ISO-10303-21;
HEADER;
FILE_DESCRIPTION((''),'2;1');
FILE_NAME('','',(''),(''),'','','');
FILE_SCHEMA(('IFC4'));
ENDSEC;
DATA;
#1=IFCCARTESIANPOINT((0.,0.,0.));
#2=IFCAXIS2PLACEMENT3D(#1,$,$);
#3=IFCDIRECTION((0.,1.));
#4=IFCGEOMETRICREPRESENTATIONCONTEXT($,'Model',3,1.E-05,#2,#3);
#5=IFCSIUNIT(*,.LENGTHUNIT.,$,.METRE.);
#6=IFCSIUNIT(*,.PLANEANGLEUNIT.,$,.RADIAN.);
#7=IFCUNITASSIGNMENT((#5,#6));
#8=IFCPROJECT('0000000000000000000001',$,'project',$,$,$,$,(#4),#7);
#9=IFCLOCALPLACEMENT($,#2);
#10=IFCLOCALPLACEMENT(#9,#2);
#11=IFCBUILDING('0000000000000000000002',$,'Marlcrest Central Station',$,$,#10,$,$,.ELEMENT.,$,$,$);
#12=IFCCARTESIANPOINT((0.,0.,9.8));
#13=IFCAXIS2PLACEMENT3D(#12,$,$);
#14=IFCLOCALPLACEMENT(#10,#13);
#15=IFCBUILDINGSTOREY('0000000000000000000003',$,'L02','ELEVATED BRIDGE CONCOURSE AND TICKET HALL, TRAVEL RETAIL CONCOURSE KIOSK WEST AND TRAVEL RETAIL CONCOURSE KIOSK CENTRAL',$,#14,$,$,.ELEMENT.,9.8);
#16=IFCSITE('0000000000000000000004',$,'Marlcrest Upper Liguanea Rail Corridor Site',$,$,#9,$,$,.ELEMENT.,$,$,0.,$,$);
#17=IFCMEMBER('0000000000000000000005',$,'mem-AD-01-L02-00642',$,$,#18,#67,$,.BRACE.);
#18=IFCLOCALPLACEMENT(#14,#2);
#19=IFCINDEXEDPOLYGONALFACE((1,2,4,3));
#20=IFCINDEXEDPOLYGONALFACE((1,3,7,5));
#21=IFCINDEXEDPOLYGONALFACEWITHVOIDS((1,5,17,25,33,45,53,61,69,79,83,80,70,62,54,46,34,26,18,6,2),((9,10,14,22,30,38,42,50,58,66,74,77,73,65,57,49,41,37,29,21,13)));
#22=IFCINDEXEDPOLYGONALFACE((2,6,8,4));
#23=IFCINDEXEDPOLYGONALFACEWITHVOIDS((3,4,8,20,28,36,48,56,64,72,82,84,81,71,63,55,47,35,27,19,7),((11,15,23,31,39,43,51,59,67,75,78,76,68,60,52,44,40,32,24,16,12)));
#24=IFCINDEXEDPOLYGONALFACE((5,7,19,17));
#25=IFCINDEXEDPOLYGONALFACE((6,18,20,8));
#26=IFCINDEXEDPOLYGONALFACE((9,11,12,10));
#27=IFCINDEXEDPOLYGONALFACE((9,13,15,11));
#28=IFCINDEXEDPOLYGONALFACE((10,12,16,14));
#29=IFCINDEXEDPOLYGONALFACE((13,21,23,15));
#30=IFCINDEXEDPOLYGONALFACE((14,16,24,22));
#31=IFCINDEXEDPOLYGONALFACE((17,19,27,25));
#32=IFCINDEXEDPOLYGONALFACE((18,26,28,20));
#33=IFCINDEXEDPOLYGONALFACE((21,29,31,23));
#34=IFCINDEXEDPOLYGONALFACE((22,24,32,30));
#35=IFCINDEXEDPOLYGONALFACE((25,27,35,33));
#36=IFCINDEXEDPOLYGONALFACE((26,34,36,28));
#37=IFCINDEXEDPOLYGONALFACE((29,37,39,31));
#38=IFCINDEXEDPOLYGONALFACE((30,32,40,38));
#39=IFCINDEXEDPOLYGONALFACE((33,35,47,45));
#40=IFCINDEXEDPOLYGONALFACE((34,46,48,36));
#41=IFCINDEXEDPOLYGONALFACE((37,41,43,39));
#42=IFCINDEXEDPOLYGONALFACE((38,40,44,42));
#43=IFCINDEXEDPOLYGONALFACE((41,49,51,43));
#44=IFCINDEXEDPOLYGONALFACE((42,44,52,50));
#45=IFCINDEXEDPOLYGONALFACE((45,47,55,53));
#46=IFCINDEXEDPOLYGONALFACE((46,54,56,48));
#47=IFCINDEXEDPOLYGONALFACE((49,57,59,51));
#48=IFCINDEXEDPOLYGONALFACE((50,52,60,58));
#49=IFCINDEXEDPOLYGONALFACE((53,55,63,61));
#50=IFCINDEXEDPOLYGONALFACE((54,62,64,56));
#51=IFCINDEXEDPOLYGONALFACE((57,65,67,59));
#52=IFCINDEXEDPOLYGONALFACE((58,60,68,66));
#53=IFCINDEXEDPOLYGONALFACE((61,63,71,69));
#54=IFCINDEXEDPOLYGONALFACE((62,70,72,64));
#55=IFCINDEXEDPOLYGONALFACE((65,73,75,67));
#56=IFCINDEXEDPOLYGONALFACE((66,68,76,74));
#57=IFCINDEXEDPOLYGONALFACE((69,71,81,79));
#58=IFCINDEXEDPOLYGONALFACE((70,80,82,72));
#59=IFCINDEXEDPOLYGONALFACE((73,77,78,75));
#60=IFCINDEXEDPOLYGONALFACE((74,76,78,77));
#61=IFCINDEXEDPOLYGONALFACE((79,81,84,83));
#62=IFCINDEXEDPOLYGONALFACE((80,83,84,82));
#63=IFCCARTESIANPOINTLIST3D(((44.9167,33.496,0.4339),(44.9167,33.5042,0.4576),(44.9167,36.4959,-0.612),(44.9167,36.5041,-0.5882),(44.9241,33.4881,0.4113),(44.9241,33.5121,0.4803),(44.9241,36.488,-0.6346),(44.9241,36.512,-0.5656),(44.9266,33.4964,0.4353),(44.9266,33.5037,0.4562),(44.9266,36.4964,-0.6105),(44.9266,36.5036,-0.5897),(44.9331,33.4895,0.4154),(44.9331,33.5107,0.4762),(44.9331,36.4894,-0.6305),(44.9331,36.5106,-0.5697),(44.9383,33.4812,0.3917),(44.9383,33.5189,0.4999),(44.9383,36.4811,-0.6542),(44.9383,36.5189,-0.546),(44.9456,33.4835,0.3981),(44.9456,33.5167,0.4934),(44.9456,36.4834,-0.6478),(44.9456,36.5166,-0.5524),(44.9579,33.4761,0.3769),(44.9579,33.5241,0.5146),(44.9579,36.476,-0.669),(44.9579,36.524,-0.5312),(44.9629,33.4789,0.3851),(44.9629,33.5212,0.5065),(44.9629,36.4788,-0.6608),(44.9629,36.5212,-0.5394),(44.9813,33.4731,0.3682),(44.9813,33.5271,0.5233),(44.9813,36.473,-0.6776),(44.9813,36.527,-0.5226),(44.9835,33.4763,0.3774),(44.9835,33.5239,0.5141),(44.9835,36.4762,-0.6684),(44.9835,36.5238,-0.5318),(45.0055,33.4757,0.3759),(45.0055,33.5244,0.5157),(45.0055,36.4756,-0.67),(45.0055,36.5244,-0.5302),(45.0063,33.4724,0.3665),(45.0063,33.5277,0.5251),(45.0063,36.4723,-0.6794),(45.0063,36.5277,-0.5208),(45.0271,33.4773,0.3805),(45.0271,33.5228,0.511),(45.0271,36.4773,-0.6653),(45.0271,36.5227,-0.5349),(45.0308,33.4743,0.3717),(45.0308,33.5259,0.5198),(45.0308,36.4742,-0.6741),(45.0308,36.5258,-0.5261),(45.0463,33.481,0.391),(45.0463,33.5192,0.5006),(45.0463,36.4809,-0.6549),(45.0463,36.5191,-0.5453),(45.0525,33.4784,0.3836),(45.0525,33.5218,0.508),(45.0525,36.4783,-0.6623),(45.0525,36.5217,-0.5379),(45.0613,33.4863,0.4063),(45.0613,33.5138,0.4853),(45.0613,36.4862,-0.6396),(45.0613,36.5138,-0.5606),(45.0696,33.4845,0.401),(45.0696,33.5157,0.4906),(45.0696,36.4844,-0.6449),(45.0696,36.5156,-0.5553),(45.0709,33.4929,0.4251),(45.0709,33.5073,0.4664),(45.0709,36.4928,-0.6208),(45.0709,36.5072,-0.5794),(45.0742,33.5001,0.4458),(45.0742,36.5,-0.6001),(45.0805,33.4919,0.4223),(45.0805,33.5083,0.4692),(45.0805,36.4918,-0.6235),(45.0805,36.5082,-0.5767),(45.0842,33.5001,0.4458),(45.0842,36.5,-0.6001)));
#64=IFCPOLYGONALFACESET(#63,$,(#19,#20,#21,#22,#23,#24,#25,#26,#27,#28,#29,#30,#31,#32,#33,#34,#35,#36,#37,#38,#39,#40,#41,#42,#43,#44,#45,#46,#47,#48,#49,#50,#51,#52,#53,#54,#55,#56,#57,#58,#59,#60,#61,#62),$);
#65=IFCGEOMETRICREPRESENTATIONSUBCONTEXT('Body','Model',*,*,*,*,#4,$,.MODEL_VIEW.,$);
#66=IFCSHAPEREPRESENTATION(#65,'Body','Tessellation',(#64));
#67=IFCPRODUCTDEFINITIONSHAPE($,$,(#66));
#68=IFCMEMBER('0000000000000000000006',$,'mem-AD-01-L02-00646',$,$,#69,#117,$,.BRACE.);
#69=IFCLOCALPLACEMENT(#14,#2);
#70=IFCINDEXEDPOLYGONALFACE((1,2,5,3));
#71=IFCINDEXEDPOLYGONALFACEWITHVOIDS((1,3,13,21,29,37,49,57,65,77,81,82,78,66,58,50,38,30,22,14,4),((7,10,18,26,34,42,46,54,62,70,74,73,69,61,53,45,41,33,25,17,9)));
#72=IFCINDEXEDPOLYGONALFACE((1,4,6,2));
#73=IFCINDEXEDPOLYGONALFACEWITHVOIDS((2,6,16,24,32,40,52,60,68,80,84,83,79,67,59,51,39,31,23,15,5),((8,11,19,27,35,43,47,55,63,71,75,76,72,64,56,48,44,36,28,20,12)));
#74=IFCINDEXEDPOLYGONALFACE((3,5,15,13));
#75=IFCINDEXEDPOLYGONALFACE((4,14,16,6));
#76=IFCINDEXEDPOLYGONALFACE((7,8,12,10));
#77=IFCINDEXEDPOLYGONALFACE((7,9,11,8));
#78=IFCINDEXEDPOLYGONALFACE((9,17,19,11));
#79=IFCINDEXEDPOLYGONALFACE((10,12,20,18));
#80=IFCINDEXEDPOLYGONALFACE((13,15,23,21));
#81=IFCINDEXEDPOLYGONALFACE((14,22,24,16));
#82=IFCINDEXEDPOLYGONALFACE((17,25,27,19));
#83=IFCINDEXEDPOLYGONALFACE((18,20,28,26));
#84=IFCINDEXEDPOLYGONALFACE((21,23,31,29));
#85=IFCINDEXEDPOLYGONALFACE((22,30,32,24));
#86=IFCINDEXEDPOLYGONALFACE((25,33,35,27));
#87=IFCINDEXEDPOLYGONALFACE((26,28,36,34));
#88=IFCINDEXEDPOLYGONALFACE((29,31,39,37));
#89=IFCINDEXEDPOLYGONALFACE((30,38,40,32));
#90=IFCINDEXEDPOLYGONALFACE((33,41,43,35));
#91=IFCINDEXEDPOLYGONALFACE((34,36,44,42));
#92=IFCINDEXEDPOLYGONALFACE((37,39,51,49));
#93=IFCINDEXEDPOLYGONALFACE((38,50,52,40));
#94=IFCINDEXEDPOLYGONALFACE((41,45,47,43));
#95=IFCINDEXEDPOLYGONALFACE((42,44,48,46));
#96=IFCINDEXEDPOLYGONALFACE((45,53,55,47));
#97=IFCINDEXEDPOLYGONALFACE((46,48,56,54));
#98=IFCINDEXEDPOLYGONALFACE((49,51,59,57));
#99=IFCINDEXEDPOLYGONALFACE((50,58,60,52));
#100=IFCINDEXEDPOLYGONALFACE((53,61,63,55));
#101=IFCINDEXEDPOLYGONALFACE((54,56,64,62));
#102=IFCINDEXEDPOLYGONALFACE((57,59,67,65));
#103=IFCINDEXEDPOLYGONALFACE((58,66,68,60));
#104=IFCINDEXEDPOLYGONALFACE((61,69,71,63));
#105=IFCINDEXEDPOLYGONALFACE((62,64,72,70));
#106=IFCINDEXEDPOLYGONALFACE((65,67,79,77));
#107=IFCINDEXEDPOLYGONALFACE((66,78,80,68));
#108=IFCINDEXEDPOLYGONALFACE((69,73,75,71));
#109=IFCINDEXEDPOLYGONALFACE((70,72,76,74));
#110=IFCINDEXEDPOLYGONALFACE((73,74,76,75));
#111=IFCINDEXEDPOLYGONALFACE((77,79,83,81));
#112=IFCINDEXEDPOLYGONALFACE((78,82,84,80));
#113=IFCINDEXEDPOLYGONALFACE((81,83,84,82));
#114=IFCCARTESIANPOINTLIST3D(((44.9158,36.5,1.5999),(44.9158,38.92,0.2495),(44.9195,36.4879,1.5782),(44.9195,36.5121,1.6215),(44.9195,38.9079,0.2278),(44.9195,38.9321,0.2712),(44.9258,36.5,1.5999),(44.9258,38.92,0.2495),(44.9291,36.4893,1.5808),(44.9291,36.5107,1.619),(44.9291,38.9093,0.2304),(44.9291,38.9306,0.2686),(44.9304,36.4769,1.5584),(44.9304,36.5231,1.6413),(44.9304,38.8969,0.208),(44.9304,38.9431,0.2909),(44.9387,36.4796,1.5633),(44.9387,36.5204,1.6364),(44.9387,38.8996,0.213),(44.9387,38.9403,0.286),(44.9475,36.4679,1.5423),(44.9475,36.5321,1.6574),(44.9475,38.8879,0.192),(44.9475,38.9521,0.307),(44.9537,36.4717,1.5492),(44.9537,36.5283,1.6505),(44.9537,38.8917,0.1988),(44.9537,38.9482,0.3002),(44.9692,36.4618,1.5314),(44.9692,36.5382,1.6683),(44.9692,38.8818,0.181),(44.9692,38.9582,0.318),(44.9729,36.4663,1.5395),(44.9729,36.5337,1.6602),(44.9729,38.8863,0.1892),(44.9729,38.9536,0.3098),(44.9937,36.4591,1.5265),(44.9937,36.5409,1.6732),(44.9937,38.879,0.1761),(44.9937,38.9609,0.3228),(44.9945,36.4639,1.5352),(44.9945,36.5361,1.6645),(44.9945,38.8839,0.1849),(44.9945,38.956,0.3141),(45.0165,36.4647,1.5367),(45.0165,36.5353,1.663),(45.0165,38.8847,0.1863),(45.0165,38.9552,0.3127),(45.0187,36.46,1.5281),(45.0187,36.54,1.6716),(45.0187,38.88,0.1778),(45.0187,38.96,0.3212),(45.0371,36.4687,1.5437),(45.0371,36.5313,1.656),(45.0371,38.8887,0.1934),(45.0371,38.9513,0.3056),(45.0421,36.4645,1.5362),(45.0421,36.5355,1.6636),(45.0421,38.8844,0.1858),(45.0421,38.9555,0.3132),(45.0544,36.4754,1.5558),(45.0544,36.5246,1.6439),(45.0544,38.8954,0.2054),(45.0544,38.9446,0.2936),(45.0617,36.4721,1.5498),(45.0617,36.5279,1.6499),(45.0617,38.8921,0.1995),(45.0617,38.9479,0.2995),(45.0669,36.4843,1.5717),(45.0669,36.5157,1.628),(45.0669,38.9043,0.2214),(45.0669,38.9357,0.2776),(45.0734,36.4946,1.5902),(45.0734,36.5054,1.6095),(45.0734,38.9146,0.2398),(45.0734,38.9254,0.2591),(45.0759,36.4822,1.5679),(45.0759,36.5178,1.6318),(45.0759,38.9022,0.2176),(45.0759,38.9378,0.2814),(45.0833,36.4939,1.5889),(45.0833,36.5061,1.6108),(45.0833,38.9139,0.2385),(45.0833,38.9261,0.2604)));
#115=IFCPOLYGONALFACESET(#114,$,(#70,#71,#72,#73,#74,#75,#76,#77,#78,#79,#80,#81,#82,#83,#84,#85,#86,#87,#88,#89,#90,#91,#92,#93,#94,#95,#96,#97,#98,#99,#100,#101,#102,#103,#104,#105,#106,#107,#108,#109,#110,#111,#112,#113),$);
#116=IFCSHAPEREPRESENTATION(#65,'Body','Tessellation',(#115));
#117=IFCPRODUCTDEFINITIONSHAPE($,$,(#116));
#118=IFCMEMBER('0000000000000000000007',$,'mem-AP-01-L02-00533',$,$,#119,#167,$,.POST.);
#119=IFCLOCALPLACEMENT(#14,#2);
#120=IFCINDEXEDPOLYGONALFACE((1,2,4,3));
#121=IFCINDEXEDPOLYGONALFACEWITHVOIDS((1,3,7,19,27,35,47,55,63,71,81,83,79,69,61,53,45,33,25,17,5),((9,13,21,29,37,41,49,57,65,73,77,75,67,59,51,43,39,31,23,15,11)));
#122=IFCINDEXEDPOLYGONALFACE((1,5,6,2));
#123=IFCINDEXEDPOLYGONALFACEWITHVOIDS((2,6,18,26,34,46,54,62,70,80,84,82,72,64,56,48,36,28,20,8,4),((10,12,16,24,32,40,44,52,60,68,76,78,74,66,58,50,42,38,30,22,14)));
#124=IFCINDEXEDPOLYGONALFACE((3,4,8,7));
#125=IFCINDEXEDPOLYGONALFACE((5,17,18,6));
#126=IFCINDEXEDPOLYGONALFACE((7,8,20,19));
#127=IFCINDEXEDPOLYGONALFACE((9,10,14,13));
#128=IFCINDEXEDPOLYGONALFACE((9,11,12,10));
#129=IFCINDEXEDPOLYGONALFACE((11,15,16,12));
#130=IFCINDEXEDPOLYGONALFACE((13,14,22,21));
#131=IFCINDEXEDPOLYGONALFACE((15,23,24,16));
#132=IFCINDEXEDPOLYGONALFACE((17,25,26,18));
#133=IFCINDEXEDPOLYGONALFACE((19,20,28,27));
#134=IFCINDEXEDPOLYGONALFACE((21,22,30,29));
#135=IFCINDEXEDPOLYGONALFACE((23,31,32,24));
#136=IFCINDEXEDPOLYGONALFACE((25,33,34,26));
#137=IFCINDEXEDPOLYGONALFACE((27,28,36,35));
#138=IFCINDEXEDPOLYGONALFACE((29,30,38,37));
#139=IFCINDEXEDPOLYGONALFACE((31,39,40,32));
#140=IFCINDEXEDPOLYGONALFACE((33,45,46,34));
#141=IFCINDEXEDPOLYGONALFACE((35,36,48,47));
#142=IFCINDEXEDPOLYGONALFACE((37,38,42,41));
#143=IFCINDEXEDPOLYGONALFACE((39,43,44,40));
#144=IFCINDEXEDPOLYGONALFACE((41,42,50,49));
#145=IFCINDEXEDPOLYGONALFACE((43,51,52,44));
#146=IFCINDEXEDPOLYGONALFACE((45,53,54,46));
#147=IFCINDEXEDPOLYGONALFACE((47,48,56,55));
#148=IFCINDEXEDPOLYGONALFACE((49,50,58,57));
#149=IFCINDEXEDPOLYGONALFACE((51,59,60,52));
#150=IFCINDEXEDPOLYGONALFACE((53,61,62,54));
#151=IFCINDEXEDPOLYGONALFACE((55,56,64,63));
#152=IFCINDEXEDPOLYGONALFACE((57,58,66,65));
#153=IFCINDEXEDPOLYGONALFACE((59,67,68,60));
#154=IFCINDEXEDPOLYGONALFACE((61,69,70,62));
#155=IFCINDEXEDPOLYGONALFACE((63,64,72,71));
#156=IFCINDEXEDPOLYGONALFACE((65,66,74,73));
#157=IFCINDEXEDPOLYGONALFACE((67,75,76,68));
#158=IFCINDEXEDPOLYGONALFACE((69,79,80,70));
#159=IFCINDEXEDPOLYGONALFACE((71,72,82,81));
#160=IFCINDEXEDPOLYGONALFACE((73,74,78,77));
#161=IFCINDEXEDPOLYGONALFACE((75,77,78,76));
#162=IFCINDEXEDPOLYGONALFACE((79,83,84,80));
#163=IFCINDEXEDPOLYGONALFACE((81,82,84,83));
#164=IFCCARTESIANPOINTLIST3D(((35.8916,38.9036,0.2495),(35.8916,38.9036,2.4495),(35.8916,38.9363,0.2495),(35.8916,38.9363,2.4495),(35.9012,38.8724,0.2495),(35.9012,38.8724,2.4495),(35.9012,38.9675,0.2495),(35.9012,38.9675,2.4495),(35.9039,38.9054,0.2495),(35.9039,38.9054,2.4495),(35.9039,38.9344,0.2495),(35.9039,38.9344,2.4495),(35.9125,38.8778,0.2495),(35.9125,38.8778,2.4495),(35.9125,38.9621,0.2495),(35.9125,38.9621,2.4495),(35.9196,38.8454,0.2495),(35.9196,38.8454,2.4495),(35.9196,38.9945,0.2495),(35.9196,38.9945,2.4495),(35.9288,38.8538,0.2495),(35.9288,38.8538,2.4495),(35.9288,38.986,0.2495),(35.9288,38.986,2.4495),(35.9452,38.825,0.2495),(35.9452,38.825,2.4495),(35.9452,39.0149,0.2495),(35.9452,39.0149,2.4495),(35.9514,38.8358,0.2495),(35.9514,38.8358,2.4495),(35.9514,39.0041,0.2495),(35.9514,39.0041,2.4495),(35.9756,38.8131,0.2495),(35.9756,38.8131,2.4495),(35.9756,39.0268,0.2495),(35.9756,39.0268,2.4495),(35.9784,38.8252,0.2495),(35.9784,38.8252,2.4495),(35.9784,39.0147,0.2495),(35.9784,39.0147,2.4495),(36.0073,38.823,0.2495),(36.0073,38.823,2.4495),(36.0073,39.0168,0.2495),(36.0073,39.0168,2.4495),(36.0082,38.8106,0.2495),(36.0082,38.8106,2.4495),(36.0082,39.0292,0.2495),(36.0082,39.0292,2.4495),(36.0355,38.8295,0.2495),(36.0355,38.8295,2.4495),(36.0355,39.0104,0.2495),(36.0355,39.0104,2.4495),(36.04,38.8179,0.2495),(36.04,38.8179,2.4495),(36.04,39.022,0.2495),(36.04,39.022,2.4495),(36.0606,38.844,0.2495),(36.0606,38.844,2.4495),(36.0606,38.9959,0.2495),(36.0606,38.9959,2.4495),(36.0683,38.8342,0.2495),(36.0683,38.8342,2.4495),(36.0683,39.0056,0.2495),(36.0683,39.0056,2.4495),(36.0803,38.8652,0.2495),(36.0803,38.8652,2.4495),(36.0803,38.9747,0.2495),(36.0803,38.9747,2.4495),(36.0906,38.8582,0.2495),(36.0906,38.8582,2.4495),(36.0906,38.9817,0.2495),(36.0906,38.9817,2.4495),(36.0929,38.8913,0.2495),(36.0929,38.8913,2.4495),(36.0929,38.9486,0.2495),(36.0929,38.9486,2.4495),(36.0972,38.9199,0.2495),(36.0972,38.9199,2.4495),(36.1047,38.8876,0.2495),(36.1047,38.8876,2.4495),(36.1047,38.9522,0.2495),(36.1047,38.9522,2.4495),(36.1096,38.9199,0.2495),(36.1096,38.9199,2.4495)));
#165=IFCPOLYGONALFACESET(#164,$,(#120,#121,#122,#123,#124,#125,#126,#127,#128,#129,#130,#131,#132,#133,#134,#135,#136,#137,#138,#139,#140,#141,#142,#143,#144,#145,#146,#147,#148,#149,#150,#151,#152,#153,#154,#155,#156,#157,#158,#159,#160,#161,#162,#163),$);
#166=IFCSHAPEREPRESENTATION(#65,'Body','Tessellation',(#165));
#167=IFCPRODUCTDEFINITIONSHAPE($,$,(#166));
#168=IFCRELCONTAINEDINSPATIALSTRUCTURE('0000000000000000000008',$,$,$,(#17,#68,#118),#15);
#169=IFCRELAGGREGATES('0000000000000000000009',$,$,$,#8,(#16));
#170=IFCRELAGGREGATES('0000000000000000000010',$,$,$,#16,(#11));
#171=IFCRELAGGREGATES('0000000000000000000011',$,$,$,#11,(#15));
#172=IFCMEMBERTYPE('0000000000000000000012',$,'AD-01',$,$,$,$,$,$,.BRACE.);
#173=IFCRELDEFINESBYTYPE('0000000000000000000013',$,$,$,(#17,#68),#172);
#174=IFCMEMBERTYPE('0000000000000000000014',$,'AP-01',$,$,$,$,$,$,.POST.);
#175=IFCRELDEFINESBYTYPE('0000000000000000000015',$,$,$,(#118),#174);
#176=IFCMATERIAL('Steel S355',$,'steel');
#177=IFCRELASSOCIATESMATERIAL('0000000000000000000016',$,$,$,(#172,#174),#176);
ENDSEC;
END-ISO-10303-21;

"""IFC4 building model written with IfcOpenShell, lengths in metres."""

from ifc_helpers import new_model, si_unit, direction, frame, origin, origin_2d, place, context, subcontext, project, spatial, hollow_circle, extrude, material, material_profile, profile_set, type_object, element, save


model = new_model("IFC4")

# Units and contexts
model_context = context("Model", 3, precision=1e-05, world=origin(), true_north=direction((0.0, 1.0)))
body_context = subcontext(model_context, "Body", "Model", "MODEL_VIEW")
ifc_project = project(units=[si_unit("LENGTHUNIT", "METRE"), si_unit("PLANEANGLEUNIT", "RADIAN")], contexts=[model_context])

# Site, building, storey
site_placement = place(None, origin())
site = spatial("IfcSite", under=ifc_project, at=site_placement, Name="Marlcrest Upper Liguanea Rail Corridor Site", CompositionType="ELEMENT", RefElevation=0.0)
building_placement = place(site_placement, origin())
building = spatial("IfcBuilding", under=site, at=building_placement, Name="Marlcrest Central Station", CompositionType="ELEMENT")
storey_placement = place(building_placement, frame((0.0, 0.0, 9.8)))
storey = spatial("IfcBuildingStorey", under=building, at=storey_placement, Name="L02", Description="ELEVATED BRIDGE CONCOURSE AND TICKET HALL, TRAVEL RETAIL CONCOURSE KIOSK WEST AND TRAVEL RETAIL CONCOURSE KIOSK CENTRAL", CompositionType="ELEMENT", Elevation=9.8)

# Members
ifc_material_1 = material(Name="Steel S355", Category="steel")
ifc_material_profile_1 = material_profile(ifc_material_1, hollow_circle(Radius=0.0842, WallThickness=0.01, at=origin_2d()), Name="CHS 168.3x10")
ifc_profile_set_1 = profile_set([ifc_material_profile_1], Name="Steel S355")
member_type_1 = type_object("IfcMemberType", Name="AD-01", PredefinedType="BRACE", material=ifc_profile_set_1)
member_1_placement = place(storey_placement, frame((45.0, 36.5, -0.6001), z_axis=(0.0, -0.94426, 0.3292), x_axis=(1.0, 0.0, 0.0)))
element("IfcMember", 1, at=member_1_placement, inside=storey, type_object=member_type_1, Name="mem-AD-01-L02-00642", PredefinedType="BRACE", context=body_context, shape_type="SweptSolid", body=[
    extrude(hollow_circle(Radius=0.0842, WallThickness=0.01, at=origin_2d()), origin(), (0.0, 0.0, 1.0), 3.177),
])
member_2_placement = place(storey_placement, frame((45.0, 36.5, 1.5999), z_axis=(0.0, 0.873246, -0.48728), x_axis=(-1.0, 0.0, 0.0)))
element("IfcMember", 2, at=member_2_placement, inside=storey, type_object=member_type_1, Name="mem-AD-01-L02-00646", PredefinedType="BRACE", context=body_context, shape_type="SweptSolid", body=[
    extrude(hollow_circle(Radius=0.0842, WallThickness=0.01, at=origin_2d()), origin(), (0.0, 0.0, 1.0), 2.7712),
])
ifc_material_profile_2 = material_profile(ifc_material_1, hollow_circle(Radius=0.1096, WallThickness=0.0125, at=origin_2d()), Name="CHS 219.1x12.5")
ifc_profile_set_2 = profile_set([ifc_material_profile_2], Name="Steel S355")
member_type_2 = type_object("IfcMemberType", Name="AP-01", PredefinedType="POST", material=ifc_profile_set_2)
for number, where, z_axis, x_axis, name in (
    (3, (36.0, 38.9199, 0.2495), (0.0, 0.0, 1.0), (1.0, 0.0, 0.0), "mem-AP-01-L02-00533"),
):
    element("IfcMember", number, at=place(storey_placement, frame(where, z_axis=z_axis, x_axis=x_axis)), inside=storey, type_object=member_type_2, Name=name, PredefinedType="POST", context=body_context, shape_type="SweptSolid", body=[
        extrude(hollow_circle(Radius=0.1096, WallThickness=0.0125, at=origin_2d()), origin(), (0.0, 0.0, 1.0), 2.2),
    ])

save(model, "model.ifc")
